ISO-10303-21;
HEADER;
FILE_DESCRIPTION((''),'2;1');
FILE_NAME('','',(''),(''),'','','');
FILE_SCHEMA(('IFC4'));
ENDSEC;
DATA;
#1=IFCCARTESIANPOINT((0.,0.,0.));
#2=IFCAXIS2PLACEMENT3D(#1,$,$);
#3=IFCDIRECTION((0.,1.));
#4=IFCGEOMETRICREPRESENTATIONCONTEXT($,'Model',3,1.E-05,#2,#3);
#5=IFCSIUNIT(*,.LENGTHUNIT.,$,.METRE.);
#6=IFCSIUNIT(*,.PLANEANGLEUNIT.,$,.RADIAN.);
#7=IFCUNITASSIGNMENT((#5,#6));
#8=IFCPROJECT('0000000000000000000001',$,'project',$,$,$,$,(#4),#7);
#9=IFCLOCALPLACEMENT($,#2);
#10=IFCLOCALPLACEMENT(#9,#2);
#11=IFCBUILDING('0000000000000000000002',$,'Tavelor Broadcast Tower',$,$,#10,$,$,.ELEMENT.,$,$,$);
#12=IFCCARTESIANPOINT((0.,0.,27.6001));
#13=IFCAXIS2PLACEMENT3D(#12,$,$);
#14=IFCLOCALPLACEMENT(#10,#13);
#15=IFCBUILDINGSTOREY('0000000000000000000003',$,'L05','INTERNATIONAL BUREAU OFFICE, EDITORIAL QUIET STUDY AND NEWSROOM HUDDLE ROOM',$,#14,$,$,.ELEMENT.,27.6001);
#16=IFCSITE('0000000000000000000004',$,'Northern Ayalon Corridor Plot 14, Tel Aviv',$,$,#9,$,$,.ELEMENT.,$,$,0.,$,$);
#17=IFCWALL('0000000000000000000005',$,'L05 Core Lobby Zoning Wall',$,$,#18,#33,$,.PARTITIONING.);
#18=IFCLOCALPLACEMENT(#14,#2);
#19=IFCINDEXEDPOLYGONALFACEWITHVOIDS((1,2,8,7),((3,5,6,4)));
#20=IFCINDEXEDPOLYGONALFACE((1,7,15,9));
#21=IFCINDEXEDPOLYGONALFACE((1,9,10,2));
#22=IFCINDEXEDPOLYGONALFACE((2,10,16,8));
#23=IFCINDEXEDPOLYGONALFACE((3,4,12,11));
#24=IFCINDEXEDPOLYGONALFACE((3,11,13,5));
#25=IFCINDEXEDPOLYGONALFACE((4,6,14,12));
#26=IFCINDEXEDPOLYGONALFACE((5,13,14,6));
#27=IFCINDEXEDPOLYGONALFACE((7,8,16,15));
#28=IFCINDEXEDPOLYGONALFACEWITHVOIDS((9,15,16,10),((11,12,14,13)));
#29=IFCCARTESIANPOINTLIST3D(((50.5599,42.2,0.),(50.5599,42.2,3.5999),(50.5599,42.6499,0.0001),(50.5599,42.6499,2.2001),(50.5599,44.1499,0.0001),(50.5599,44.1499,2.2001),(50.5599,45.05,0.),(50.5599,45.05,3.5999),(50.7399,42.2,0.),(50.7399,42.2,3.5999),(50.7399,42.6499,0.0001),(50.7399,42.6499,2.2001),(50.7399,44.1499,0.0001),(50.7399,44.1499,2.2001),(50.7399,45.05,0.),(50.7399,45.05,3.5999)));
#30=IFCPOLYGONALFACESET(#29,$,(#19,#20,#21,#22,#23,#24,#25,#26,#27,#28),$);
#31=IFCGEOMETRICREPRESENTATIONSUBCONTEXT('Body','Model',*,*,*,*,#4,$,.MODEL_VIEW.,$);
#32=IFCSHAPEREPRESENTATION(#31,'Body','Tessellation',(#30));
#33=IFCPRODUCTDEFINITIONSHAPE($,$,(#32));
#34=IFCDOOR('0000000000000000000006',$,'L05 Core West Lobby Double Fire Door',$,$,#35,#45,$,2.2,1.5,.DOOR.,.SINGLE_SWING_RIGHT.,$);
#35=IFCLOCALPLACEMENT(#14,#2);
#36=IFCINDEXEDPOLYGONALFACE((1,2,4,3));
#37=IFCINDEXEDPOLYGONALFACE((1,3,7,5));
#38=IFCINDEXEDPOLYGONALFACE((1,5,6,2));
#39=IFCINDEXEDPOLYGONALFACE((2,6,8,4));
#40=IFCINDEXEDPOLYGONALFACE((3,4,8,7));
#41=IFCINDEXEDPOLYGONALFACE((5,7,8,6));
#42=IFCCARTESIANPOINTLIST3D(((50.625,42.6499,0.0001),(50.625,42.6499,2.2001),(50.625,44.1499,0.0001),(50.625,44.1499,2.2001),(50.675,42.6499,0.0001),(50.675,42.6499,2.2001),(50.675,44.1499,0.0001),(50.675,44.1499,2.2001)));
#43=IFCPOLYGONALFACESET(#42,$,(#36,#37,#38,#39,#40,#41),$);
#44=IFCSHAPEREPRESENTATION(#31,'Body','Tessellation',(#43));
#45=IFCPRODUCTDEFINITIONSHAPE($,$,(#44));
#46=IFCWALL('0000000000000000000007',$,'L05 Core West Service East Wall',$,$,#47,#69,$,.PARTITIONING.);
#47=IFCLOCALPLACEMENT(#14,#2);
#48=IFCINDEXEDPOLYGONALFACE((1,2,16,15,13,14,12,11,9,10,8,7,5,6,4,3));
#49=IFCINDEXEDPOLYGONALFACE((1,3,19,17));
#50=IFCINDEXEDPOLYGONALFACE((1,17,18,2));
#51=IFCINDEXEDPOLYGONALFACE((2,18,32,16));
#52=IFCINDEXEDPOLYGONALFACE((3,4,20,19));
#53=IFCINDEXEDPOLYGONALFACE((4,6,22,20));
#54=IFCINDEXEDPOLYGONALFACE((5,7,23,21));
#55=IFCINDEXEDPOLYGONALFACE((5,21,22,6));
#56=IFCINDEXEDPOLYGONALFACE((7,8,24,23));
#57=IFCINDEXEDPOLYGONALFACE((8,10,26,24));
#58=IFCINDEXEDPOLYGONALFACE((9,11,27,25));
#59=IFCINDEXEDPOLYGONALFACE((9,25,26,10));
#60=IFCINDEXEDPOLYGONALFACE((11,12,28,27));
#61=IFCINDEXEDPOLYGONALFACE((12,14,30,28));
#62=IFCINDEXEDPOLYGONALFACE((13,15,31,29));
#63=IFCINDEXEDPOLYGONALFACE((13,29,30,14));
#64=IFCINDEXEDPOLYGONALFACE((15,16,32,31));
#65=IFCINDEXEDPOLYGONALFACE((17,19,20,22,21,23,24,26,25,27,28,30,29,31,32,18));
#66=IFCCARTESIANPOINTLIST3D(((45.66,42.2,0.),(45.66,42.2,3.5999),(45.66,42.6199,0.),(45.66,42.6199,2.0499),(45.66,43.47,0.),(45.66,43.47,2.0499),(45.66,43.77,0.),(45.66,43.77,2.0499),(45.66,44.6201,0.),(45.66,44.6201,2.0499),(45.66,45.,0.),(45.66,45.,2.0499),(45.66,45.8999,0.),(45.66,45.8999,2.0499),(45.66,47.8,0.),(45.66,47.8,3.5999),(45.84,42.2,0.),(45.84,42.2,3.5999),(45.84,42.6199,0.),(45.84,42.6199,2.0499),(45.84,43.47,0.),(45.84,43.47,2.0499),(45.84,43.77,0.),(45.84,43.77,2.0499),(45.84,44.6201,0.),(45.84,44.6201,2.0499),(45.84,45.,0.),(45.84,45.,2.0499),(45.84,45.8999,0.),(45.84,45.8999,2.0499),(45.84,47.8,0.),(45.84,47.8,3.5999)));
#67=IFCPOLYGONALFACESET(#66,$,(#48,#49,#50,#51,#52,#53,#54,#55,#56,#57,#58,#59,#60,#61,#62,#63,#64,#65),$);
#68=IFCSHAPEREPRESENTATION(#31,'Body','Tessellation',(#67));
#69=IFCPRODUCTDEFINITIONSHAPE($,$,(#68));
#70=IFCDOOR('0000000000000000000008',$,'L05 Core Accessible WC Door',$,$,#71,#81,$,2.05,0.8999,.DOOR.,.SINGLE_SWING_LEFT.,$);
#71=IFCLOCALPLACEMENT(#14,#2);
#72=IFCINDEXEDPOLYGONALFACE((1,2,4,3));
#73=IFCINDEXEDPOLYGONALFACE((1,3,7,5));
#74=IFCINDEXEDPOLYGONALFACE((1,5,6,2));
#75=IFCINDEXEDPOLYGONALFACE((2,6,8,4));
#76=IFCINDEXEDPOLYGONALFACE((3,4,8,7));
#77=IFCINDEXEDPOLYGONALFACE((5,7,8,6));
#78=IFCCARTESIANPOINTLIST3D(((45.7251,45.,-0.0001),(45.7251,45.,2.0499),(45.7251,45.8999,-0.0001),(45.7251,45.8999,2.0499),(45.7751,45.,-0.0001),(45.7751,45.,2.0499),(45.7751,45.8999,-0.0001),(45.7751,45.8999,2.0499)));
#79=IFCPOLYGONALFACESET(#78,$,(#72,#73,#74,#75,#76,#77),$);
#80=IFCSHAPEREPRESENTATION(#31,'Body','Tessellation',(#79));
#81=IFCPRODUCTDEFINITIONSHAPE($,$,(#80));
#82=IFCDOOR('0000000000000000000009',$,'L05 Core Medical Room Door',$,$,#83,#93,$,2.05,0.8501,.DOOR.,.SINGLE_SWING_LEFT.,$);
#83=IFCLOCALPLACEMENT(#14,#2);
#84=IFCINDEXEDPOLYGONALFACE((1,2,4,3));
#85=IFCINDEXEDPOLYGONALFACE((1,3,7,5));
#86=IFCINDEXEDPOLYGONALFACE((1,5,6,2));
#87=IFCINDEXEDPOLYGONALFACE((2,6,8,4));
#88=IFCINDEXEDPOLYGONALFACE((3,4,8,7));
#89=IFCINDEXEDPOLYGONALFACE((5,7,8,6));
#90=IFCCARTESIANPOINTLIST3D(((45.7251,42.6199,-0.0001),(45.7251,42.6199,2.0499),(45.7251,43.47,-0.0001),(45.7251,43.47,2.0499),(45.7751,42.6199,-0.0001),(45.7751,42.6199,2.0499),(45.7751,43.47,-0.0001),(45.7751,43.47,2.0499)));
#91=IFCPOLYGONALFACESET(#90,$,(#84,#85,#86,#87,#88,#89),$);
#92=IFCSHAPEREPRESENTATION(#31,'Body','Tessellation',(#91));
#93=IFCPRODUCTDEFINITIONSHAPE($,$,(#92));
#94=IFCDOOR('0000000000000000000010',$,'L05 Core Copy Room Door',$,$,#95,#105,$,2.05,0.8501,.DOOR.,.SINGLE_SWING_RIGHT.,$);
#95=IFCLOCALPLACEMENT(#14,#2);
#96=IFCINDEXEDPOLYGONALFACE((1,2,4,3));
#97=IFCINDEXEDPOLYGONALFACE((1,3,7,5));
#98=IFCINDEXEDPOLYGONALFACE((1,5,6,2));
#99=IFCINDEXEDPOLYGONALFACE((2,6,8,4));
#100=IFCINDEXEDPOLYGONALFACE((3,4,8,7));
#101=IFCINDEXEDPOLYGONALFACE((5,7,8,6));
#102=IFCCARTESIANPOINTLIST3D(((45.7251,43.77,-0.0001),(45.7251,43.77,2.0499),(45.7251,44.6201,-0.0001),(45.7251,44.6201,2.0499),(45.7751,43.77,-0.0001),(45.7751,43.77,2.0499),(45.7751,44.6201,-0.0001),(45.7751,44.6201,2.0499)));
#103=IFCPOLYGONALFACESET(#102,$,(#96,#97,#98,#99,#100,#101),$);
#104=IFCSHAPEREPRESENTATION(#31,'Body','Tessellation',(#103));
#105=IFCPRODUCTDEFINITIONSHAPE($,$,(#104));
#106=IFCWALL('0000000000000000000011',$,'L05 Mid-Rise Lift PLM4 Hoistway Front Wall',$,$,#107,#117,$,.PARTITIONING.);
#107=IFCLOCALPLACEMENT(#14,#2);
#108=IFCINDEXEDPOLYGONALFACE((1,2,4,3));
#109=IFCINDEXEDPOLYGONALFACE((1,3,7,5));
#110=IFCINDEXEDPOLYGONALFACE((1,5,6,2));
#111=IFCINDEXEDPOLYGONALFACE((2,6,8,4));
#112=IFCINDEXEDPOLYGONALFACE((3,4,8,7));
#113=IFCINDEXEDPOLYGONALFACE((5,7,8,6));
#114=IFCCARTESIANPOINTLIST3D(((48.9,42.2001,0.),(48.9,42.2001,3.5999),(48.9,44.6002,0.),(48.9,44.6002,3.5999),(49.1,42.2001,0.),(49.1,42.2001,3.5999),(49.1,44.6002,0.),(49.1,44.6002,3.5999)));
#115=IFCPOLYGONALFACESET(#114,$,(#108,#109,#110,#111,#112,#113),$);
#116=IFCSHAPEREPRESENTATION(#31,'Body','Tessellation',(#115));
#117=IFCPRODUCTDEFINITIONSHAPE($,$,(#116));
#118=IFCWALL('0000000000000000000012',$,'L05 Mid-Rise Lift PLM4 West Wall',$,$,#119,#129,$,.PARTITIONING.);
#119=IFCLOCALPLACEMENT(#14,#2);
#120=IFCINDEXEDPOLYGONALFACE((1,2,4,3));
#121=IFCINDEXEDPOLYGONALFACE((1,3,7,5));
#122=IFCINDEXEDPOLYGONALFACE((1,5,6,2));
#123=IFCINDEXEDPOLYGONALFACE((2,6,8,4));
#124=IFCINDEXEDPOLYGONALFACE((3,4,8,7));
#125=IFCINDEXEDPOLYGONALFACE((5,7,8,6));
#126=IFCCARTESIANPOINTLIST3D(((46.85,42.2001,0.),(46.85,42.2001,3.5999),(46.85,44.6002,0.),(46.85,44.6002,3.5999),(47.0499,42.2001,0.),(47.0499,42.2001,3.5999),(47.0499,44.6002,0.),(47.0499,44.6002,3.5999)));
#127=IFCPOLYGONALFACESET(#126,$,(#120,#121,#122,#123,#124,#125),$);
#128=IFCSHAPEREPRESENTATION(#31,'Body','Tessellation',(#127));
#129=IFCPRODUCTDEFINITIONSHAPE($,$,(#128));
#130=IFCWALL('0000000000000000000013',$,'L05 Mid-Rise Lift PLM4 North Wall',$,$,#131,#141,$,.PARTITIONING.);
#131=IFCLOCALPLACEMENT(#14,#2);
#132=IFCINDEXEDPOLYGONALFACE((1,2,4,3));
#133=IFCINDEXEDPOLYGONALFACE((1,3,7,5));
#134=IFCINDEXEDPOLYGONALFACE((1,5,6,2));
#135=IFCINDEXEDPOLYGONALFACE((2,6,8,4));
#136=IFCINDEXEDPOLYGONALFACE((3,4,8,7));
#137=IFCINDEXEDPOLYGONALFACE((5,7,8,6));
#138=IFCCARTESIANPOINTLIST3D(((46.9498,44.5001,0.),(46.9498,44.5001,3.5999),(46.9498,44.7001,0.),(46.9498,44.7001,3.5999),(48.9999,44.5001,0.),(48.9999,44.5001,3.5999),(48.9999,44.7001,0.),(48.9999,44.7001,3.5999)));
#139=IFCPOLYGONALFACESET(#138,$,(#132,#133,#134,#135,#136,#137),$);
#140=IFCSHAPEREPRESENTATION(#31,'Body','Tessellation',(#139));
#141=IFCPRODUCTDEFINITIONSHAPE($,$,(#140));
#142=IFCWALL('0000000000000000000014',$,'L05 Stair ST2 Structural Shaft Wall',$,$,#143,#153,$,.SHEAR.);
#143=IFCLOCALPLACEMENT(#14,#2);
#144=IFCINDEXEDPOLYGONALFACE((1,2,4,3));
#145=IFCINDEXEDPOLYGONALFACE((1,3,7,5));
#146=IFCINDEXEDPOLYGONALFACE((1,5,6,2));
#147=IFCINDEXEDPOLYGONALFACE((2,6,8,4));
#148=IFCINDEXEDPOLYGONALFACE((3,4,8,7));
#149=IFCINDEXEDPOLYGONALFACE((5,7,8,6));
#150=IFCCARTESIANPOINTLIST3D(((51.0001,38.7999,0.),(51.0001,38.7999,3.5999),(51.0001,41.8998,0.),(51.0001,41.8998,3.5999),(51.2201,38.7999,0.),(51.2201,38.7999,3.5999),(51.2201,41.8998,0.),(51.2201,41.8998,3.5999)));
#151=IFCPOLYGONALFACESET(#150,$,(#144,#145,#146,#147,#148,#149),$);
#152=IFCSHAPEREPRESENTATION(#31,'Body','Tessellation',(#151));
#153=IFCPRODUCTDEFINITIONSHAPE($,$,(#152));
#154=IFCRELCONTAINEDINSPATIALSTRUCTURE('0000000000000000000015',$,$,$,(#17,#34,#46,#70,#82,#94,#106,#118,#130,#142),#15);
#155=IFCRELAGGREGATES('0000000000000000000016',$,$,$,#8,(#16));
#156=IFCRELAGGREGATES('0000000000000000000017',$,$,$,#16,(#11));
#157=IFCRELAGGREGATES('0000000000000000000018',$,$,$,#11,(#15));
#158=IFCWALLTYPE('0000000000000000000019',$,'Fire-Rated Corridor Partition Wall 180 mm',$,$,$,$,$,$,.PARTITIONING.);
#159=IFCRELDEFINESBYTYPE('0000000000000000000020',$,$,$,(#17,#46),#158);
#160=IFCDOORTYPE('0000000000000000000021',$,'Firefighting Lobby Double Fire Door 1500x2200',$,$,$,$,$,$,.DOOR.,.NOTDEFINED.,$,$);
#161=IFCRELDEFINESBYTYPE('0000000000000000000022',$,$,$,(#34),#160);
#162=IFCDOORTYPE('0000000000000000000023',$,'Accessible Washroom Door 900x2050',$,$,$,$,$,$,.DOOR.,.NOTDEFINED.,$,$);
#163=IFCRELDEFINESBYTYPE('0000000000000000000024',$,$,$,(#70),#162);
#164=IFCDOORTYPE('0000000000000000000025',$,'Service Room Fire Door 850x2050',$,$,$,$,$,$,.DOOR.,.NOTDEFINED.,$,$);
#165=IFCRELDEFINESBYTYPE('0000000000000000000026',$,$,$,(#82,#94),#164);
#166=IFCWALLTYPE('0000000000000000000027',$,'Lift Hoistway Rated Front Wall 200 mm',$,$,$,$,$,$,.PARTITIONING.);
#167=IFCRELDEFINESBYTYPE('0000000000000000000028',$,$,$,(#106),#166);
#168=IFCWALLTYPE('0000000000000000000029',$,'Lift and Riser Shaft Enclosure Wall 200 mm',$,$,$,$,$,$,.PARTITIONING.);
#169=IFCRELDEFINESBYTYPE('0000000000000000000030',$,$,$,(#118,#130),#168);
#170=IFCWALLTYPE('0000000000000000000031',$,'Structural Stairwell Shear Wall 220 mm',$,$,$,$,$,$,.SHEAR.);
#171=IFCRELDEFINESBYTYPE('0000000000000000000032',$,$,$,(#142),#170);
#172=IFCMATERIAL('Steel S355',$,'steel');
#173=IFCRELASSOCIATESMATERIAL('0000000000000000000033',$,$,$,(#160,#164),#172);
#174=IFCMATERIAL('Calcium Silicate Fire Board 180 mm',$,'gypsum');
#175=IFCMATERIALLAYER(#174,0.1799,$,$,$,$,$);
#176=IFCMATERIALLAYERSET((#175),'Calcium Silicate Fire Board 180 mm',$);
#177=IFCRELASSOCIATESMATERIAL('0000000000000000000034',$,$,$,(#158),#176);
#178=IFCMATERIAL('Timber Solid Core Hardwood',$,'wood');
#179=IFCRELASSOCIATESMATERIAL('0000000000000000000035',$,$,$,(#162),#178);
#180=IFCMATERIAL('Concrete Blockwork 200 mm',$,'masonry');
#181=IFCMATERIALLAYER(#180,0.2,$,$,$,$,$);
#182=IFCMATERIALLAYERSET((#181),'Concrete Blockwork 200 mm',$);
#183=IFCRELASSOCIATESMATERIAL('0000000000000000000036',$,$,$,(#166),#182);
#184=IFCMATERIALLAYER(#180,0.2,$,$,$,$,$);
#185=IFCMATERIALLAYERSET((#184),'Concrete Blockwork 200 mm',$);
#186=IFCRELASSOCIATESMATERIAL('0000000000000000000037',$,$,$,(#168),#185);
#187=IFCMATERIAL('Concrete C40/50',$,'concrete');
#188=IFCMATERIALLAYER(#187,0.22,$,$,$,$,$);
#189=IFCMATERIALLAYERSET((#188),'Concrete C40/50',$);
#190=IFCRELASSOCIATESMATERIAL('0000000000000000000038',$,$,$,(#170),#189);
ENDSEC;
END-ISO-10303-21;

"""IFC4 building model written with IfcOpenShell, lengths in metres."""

from ifc_helpers import new_model, si_unit, direction, frame, frame_2d, origin, place, context, subcontext, project, spatial, rectangle, extrude, material, layer, layer_set, type_object, element, fill, save


model = new_model("IFC4")

# Units and contexts
model_context = context("Model", 3, precision=1e-05, world=origin(), true_north=direction((0.0, 1.0)))
body_context = subcontext(model_context, "Body", "Model", "MODEL_VIEW")
ifc_project = project(units=[si_unit("LENGTHUNIT", "METRE"), si_unit("PLANEANGLEUNIT", "RADIAN")], contexts=[model_context])

# Site, building, storey
site_placement = place(None, origin())
site = spatial("IfcSite", under=ifc_project, at=site_placement, Name="Northern Ayalon Corridor Plot 14, Tel Aviv", CompositionType="ELEMENT", RefElevation=0.0)
building_placement = place(site_placement, origin())
building = spatial("IfcBuilding", under=site, at=building_placement, Name="Tavelor Broadcast Tower", CompositionType="ELEMENT")
storey_placement = place(building_placement, frame((0.0, 0.0, 27.6001)))
storey = spatial("IfcBuildingStorey", under=building, at=storey_placement, Name="L05", Description="INTERNATIONAL BUREAU OFFICE, EDITORIAL QUIET STUDY AND NEWSROOM HUDDLE ROOM", CompositionType="ELEMENT", Elevation=27.6001)

# Shared definitions
ifc_material_1 = material(Name="Concrete C40/50", Category="concrete")
ifc_material_2 = material(Name="Steel S355", Category="steel")

# Wall, opening, door
door_type_1 = type_object("IfcDoorType", Name="Firefighting Lobby Double Fire Door 1500x2200", OperationType="NOTDEFINED", PredefinedType="DOOR", material=ifc_material_2)
ifc_material_3 = material(Name="Calcium Silicate Fire Board 180 mm", Category="gypsum")
ifc_layer_1 = layer(ifc_material_3, 0.1799)
ifc_layer_set_1 = layer_set([ifc_layer_1], Name="Calcium Silicate Fire Board 180 mm")
wall_type_1 = type_object("IfcWallType", Name="Fire-Rated Corridor Partition Wall 180 mm", PredefinedType="PARTITIONING", material=ifc_layer_set_1)
wall_1_placement = place(storey_placement, frame((50.6499, 42.2, 0.0), z_axis=(0.0, 0.0, 1.0), x_axis=(0.0, 1.0, 0.0)))
wall_1 = element("IfcWall", 1, at=wall_1_placement, inside=storey, type_object=wall_type_1, Name="L05 Core Lobby Zoning Wall", PredefinedType="PARTITIONING", context=body_context, shape_type="SweptSolid", body=[
    extrude(rectangle(XDim=2.8501, YDim=0.1799, at=frame_2d((1.425, 0.0))), origin(), (0.0, 0.0, 1.0), 3.5999),
])
opening_1_placement = place(wall_1_placement, frame((0.45, 0.0, 0.0)))
opening_1 = element("IfcOpeningElement", 2, at=opening_1_placement, cuts=wall_1, PredefinedType="OPENING", context=body_context, shape_type="SweptSolid", body=[
    extrude(rectangle(XDim=1.5, YDim=2.2, at=frame_2d((0.75, 1.1001))), frame((0.0, 0.1001, 0.0), z_axis=(0.0, -1.0, 0.0), x_axis=(1.0, 0.0, 0.0)), (0.0, 0.0, 1.0), 0.2),
])
door_1_placement = place(opening_1_placement, origin())
door_1 = element("IfcDoor", 3, at=door_1_placement, inside=storey, type_object=door_type_1, Name="L05 Core West Lobby Double Fire Door", OperationType="SINGLE_SWING_RIGHT", OverallHeight=2.2, OverallWidth=1.5, PredefinedType="DOOR", context=body_context, shape_type="SweptSolid", body=[
    extrude(rectangle(XDim=1.5, YDim=2.2, at=frame_2d((0.75, 1.1001))), frame((0.0, 0.0249, 0.0), z_axis=(0.0, -1.0, 0.0), x_axis=(1.0, 0.0, 0.0)), (0.0, 0.0, 1.0), 0.05),
])
fill(opening_1, door_1)

# Wall, openings, doors
wall_2_placement = place(storey_placement, frame((45.75, 42.2, 0.0), z_axis=(0.0, 0.0, 1.0), x_axis=(0.0, 1.0, 0.0)))
wall_2 = element("IfcWall", 4, at=wall_2_placement, inside=storey, type_object=wall_type_1, Name="L05 Core West Service East Wall", PredefinedType="PARTITIONING", context=body_context, shape_type="SweptSolid", body=[
    extrude(rectangle(XDim=5.6001, YDim=0.1799, at=frame_2d((2.8, 0.0))), origin(), (0.0, 0.0, 1.0), 3.5999),
])
opening_2_placement = place(wall_2_placement, frame((0.4199, 0.0, 0.0)))
opening_2 = element("IfcOpeningElement", 5, at=opening_2_placement, cuts=wall_2, PredefinedType="OPENING", context=body_context, shape_type="SweptSolid", body=[
    extrude(rectangle(XDim=0.8501, YDim=2.05, at=frame_2d((0.425, 1.0249))), frame((0.0, 0.1001, 0.0), z_axis=(0.0, -1.0, 0.0), x_axis=(1.0, 0.0, 0.0)), (0.0, 0.0, 1.0), 0.2),
])
opening_3_placement = place(wall_2_placement, frame((1.5701, 0.0, 0.0)))
opening_3 = element("IfcOpeningElement", 6, at=opening_3_placement, cuts=wall_2, PredefinedType="OPENING", context=body_context, shape_type="SweptSolid", body=[
    extrude(rectangle(XDim=0.8501, YDim=2.05, at=frame_2d((0.425, 1.0249))), frame((0.0, 0.1001, 0.0), z_axis=(0.0, -1.0, 0.0), x_axis=(1.0, 0.0, 0.0)), (0.0, 0.0, 1.0), 0.2),
])
opening_4_placement = place(wall_2_placement, frame((2.8, 0.0, 0.0)))
opening_4 = element("IfcOpeningElement", 7, at=opening_4_placement, cuts=wall_2, PredefinedType="OPENING", context=body_context, shape_type="SweptSolid", body=[
    extrude(rectangle(XDim=0.8999, YDim=2.05, at=frame_2d((0.45, 1.0249))), frame((0.0, 0.1001, 0.0), z_axis=(0.0, -1.0, 0.0), x_axis=(1.0, 0.0, 0.0)), (0.0, 0.0, 1.0), 0.2),
])
ifc_material_4 = material(Name="Timber Solid Core Hardwood", Category="wood")
door_type_2 = type_object("IfcDoorType", Name="Accessible Washroom Door 900x2050", OperationType="NOTDEFINED", PredefinedType="DOOR", material=ifc_material_4)
door_2_placement = place(opening_4_placement, origin())
door_2 = element("IfcDoor", 8, at=door_2_placement, inside=storey, type_object=door_type_2, Name="L05 Core Accessible WC Door", OperationType="SINGLE_SWING_LEFT", OverallHeight=2.05, OverallWidth=0.8999, PredefinedType="DOOR", context=body_context, shape_type="SweptSolid", body=[
    extrude(rectangle(XDim=0.8999, YDim=2.05, at=frame_2d((0.45, 1.0249))), frame((0.0, 0.0249, 0.0), z_axis=(0.0, -1.0, 0.0), x_axis=(1.0, 0.0, 0.0)), (0.0, 0.0, 1.0), 0.05),
])
fill(opening_4, door_2)
door_type_3 = type_object("IfcDoorType", Name="Service Room Fire Door 850x2050", OperationType="NOTDEFINED", PredefinedType="DOOR", material=ifc_material_2)
door_3_placement = place(opening_2_placement, origin())
door_3 = element("IfcDoor", 9, at=door_3_placement, inside=storey, type_object=door_type_3, Name="L05 Core Medical Room Door", OperationType="SINGLE_SWING_LEFT", OverallHeight=2.05, OverallWidth=0.8501, PredefinedType="DOOR", context=body_context, shape_type="SweptSolid", body=[
    extrude(rectangle(XDim=0.8501, YDim=2.05, at=frame_2d((0.425, 1.0249))), frame((0.0, 0.0249, 0.0), z_axis=(0.0, -1.0, 0.0), x_axis=(1.0, 0.0, 0.0)), (0.0, 0.0, 1.0), 0.05),
])
fill(opening_2, door_3)
door_4_placement = place(opening_3_placement, origin())
door_4 = element("IfcDoor", 10, at=door_4_placement, inside=storey, type_object=door_type_3, Name="L05 Core Copy Room Door", OperationType="SINGLE_SWING_RIGHT", OverallHeight=2.05, OverallWidth=0.8501, PredefinedType="DOOR", context=body_context, shape_type="SweptSolid", body=[
    extrude(rectangle(XDim=0.8501, YDim=2.05, at=frame_2d((0.425, 1.0249))), frame((0.0, 0.0249, 0.0), z_axis=(0.0, -1.0, 0.0), x_axis=(1.0, 0.0, 0.0)), (0.0, 0.0, 1.0), 0.05),
])
fill(opening_3, door_4)

# Walls
ifc_material_5 = material(Name="Concrete Blockwork 200 mm", Category="masonry")
ifc_layer_2 = layer(ifc_material_5, 0.2)
ifc_layer_set_2 = layer_set([ifc_layer_2], Name="Concrete Blockwork 200 mm")
wall_type_2 = type_object("IfcWallType", Name="Lift Hoistway Rated Front Wall 200 mm", PredefinedType="PARTITIONING", material=ifc_layer_set_2)
wall_3_placement = place(storey_placement, frame((49.0, 42.2, 0.0), z_axis=(0.0, 0.0, 1.0), x_axis=(0.0, 1.0, 0.0)))
element("IfcWall", 11, at=wall_3_placement, inside=storey, type_object=wall_type_2, Name="L05 Mid-Rise Lift PLM4 Hoistway Front Wall", PredefinedType="PARTITIONING", context=body_context, shape_type="SweptSolid", body=[
    extrude(rectangle(XDim=2.4001, YDim=0.2, at=frame_2d((1.2002, 0.0))), origin(), (0.0, 0.0, 1.0), 3.5999),
])
ifc_layer_3 = layer(ifc_material_5, 0.2)
ifc_layer_set_3 = layer_set([ifc_layer_3], Name="Concrete Blockwork 200 mm")
wall_type_3 = type_object("IfcWallType", Name="Lift and Riser Shaft Enclosure Wall 200 mm", PredefinedType="PARTITIONING", material=ifc_layer_set_3)
wall_4_placement = place(storey_placement, frame((46.95, 42.2, 0.0), z_axis=(0.0, 0.0, 1.0), x_axis=(0.0, 1.0, 0.0)))
element("IfcWall", 12, at=wall_4_placement, inside=storey, type_object=wall_type_3, Name="L05 Mid-Rise Lift PLM4 West Wall", PredefinedType="PARTITIONING", context=body_context, shape_type="SweptSolid", body=[
    extrude(rectangle(XDim=2.4001, YDim=0.2, at=frame_2d((1.2002, 0.0))), origin(), (0.0, 0.0, 1.0), 3.5999),
])
wall_5_placement = place(storey_placement, frame((46.95, 44.6001, 0.0), z_axis=(0.0, 0.0, 1.0), x_axis=(1.0, 0.0, 0.0)))
element("IfcWall", 13, at=wall_5_placement, inside=storey, type_object=wall_type_3, Name="L05 Mid-Rise Lift PLM4 North Wall", PredefinedType="PARTITIONING", context=body_context, shape_type="SweptSolid", body=[
    extrude(rectangle(XDim=2.05, YDim=0.2, at=frame_2d((1.0249, 0.0))), origin(), (0.0, 0.0, 1.0), 3.5999),
])
ifc_layer_4 = layer(ifc_material_1, 0.22)
ifc_layer_set_4 = layer_set([ifc_layer_4], Name="Concrete C40/50")
wall_type_4 = type_object("IfcWallType", Name="Structural Stairwell Shear Wall 220 mm", PredefinedType="SHEAR", material=ifc_layer_set_4)
wall_6_placement = place(storey_placement, frame((51.1101, 38.8, 0.0), z_axis=(0.0, 0.0, 1.0), x_axis=(0.0, 1.0, 0.0)))
element("IfcWall", 14, at=wall_6_placement, inside=storey, type_object=wall_type_4, Name="L05 Stair ST2 Structural Shaft Wall", PredefinedType="SHEAR", context=body_context, shape_type="SweptSolid", body=[
    extrude(rectangle(XDim=3.0999, YDim=0.22, at=frame_2d((1.5498, 0.0))), origin(), (0.0, 0.0, 1.0), 3.5999),
])

save(model, "model.ifc")
